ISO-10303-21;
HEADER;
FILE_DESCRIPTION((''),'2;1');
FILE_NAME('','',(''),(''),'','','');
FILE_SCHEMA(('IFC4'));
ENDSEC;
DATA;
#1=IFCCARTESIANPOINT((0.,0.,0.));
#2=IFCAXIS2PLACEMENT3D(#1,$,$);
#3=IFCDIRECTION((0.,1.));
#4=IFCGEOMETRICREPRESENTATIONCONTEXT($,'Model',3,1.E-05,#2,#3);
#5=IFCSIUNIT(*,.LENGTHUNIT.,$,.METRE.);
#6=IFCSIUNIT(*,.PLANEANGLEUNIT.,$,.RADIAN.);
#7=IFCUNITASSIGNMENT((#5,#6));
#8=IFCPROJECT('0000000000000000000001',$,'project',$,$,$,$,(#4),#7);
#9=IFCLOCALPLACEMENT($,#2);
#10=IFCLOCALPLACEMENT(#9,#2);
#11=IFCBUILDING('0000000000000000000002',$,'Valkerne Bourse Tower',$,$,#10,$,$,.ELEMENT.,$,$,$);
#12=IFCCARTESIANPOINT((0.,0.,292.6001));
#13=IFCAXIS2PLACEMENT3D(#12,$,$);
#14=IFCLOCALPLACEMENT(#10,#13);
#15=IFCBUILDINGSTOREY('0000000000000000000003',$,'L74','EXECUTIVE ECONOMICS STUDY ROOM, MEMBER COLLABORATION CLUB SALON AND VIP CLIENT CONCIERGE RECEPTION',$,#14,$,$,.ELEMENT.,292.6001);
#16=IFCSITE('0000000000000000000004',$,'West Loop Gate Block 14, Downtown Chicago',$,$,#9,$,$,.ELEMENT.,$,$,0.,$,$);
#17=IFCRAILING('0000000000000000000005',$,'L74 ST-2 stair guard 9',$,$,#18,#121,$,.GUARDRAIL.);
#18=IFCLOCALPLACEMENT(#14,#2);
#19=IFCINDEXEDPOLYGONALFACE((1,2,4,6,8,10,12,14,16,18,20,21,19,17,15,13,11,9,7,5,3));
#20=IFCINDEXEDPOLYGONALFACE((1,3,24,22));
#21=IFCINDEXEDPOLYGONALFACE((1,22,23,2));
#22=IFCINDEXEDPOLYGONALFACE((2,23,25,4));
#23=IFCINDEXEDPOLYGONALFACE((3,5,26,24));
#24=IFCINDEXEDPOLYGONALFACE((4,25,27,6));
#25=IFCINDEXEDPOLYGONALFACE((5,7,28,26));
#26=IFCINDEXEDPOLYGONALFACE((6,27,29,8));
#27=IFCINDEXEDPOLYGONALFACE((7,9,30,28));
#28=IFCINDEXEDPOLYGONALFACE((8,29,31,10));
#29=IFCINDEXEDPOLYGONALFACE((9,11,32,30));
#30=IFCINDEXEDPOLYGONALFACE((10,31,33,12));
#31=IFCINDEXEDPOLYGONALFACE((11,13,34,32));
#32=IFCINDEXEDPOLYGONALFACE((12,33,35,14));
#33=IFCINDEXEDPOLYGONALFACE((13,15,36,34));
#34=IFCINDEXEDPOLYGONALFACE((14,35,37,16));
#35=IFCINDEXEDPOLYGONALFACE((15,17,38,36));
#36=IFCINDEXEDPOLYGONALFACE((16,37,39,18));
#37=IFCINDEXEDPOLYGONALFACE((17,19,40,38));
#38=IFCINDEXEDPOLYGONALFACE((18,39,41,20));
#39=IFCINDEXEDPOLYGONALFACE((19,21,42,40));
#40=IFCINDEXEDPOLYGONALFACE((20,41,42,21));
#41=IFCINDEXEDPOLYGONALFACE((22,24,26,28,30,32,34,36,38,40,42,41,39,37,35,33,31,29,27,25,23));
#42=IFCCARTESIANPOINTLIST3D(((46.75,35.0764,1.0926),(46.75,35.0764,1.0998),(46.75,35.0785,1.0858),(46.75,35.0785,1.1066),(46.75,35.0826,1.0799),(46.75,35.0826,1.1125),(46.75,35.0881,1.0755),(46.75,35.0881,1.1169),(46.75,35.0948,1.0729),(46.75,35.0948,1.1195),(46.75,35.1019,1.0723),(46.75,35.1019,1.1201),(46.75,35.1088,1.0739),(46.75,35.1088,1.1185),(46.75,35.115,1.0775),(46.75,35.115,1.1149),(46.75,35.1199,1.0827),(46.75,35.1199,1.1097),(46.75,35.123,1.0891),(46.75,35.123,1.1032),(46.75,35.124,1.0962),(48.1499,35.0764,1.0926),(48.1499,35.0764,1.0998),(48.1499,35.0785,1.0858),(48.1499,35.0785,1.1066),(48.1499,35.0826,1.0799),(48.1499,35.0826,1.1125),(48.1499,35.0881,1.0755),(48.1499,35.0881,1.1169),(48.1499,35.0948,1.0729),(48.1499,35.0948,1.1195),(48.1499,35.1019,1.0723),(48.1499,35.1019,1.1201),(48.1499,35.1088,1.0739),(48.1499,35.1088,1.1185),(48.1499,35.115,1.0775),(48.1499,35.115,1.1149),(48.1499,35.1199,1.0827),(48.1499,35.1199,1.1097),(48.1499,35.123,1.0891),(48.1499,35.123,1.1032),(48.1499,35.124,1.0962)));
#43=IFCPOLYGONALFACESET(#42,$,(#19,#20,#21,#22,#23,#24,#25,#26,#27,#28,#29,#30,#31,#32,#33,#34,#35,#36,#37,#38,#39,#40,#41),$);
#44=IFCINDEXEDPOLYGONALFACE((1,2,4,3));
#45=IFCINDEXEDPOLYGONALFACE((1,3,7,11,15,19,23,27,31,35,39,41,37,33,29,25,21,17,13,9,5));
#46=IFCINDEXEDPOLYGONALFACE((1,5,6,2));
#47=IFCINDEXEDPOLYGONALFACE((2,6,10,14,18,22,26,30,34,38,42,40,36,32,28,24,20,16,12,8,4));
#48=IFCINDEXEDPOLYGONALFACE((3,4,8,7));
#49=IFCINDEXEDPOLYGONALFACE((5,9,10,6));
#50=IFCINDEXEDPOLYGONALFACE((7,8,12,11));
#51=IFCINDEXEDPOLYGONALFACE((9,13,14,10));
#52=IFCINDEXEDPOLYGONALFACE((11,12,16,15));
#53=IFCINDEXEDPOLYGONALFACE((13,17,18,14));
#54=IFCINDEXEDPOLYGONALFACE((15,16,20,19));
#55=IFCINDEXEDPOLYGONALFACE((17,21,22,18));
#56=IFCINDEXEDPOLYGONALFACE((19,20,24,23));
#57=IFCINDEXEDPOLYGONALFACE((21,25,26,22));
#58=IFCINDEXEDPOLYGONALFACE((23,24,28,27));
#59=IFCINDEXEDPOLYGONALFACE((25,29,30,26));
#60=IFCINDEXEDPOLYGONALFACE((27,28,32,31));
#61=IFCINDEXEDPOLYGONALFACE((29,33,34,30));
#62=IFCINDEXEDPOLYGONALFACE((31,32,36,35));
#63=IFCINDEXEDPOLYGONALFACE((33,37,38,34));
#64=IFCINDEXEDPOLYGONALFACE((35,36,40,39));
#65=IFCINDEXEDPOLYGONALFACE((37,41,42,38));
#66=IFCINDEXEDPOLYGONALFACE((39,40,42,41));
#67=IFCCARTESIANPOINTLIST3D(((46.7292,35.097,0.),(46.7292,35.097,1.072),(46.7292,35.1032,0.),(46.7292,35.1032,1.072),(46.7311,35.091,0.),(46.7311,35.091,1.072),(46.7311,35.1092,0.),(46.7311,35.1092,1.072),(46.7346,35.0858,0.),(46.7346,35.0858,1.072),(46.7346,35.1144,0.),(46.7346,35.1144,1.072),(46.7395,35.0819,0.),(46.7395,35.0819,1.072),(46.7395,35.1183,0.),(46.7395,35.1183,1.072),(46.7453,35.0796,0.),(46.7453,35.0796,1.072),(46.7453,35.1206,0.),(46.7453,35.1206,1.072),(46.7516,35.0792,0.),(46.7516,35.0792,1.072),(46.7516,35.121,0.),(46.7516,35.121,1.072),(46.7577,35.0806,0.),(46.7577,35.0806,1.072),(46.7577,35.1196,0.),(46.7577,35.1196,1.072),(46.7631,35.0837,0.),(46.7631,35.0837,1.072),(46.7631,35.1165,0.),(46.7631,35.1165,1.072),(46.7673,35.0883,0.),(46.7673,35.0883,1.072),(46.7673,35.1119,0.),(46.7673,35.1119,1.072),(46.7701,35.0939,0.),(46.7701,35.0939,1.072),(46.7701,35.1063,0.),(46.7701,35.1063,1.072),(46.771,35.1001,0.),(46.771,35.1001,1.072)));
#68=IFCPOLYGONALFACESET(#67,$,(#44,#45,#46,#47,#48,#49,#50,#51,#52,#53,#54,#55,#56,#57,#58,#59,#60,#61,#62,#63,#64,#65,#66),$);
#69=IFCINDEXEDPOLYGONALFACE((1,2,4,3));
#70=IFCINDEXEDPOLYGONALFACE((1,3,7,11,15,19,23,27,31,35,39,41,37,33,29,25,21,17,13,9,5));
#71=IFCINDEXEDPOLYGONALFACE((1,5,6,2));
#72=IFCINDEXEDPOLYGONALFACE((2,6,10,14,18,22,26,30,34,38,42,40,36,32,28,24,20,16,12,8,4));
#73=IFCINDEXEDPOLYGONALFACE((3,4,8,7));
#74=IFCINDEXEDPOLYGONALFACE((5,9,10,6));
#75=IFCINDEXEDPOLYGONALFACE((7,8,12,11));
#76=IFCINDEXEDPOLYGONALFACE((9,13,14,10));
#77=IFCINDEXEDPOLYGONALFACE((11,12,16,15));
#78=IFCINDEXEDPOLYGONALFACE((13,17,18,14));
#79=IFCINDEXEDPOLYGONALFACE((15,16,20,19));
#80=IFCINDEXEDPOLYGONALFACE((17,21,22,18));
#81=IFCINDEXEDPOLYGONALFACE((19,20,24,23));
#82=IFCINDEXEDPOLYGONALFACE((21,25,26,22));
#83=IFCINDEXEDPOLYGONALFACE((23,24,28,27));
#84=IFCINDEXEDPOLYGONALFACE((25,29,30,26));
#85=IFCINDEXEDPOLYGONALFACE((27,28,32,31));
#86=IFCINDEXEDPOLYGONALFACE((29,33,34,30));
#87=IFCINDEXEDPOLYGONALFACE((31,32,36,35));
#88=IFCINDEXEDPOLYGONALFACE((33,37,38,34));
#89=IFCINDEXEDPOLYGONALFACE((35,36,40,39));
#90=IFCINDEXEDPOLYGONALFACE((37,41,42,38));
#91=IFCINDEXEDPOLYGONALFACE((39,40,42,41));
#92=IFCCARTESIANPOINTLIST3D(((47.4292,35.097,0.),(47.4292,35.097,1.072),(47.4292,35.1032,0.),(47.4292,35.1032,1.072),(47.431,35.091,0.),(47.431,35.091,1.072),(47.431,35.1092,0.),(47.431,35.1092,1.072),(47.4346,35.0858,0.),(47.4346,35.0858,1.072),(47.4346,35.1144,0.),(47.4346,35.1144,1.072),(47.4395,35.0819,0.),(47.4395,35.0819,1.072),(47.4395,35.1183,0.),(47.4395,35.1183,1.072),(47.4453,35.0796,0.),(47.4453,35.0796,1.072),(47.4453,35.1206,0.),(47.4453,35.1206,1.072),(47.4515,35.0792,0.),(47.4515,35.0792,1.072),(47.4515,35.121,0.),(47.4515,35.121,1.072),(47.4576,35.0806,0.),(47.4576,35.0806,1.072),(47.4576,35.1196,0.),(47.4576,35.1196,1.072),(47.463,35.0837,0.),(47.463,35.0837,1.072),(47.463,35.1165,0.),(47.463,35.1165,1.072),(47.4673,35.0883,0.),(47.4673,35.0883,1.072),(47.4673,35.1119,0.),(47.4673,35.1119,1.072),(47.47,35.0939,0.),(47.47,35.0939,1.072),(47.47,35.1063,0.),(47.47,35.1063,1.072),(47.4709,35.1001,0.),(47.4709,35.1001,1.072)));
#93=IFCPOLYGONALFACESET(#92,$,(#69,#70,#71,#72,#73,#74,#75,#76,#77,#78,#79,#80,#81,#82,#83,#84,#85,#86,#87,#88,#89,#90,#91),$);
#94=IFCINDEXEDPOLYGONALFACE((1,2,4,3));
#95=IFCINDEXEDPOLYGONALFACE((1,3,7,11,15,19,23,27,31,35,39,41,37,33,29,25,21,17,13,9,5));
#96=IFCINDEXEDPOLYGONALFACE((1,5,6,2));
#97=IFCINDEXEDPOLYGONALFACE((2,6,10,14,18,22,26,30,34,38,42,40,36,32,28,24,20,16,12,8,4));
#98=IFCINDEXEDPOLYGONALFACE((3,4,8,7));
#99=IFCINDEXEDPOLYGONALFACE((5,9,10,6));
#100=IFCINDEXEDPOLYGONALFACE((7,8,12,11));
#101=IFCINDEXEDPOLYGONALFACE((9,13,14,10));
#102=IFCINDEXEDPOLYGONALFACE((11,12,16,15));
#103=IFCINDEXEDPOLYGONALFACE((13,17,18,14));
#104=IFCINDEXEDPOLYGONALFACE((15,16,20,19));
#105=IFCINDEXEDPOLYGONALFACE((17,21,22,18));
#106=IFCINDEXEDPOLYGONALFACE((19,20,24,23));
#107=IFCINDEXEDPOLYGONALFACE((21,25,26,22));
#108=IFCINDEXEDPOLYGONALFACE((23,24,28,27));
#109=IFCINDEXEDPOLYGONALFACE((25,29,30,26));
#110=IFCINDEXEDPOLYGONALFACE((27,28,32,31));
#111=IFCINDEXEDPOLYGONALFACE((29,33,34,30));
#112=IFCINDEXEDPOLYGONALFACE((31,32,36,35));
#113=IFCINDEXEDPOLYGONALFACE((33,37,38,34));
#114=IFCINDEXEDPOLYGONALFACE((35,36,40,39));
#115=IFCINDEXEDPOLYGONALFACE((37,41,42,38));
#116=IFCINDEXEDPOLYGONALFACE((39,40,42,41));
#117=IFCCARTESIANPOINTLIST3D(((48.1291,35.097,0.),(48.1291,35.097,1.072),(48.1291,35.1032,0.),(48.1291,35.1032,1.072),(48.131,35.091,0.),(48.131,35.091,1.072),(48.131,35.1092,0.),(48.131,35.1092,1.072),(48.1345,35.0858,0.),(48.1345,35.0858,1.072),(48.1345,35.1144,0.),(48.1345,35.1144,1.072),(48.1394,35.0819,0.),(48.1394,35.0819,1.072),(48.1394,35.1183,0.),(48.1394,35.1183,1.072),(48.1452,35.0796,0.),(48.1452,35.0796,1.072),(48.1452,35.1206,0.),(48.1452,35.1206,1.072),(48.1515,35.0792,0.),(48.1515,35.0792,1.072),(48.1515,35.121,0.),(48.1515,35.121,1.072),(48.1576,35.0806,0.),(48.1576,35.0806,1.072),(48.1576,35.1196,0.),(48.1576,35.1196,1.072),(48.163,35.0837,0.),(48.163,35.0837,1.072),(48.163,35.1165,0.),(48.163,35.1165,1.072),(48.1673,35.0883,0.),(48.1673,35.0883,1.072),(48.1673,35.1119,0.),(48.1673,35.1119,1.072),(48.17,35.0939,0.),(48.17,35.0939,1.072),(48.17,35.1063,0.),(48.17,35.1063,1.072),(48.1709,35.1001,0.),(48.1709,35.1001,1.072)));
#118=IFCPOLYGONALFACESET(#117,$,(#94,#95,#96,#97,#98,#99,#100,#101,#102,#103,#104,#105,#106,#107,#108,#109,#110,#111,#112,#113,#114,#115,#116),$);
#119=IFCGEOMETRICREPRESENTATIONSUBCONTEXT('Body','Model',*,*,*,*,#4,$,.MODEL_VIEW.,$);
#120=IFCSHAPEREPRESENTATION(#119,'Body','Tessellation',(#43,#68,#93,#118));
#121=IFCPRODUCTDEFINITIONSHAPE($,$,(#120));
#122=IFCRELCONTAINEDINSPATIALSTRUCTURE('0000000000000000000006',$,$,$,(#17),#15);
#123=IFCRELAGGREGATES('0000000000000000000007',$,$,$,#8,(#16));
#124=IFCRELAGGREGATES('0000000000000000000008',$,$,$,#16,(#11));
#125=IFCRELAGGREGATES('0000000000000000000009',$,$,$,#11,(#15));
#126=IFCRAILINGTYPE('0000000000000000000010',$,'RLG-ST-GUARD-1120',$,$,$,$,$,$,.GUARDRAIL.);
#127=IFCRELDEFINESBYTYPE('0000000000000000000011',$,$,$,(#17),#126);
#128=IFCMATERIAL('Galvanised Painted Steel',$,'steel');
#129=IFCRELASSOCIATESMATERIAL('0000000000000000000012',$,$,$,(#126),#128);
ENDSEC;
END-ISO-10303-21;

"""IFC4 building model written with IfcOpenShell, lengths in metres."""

from ifc_helpers import new_model, si_unit, direction, frame, origin, origin_2d, place, context, subcontext, project, spatial, circle, extrude, material, type_object, element, save


model = new_model("IFC4")

# Units and contexts
model_context = context("Model", 3, precision=1e-05, world=origin(), true_north=direction((0.0, 1.0)))
body_context = subcontext(model_context, "Body", "Model", "MODEL_VIEW")
ifc_project = project(units=[si_unit("LENGTHUNIT", "METRE"), si_unit("PLANEANGLEUNIT", "RADIAN")], contexts=[model_context])

# Site, building, storey
site_placement = place(None, origin())
site = spatial("IfcSite", under=ifc_project, at=site_placement, Name="West Loop Gate Block 14, Downtown Chicago", CompositionType="ELEMENT", RefElevation=0.0)
building_placement = place(site_placement, origin())
building = spatial("IfcBuilding", under=site, at=building_placement, Name="Valkerne Bourse Tower", CompositionType="ELEMENT")
storey_placement = place(building_placement, frame((0.0, 0.0, 292.6001)))
storey = spatial("IfcBuildingStorey", under=building, at=storey_placement, Name="L74", Description="EXECUTIVE ECONOMICS STUDY ROOM, MEMBER COLLABORATION CLUB SALON AND VIP CLIENT CONCIERGE RECEPTION", CompositionType="ELEMENT", Elevation=292.6001)

# Shared definitions
ifc_material_1 = material(Name="Galvanised Painted Steel", Category="steel")

# Railing
railing_type_1 = type_object("IfcRailingType", Name="RLG-ST-GUARD-1120", PredefinedType="GUARDRAIL", material=ifc_material_1)
for number, where, name in (
    (1, (46.75, 35.1001, 0.0), "L74 ST-2 stair guard 9"),
):
    element("IfcRailing", number, at=place(storey_placement, frame(where)), inside=storey, type_object=railing_type_1, Name=name, PredefinedType="GUARDRAIL", context=body_context, shape_type="SweptSolid", body=[
        extrude(circle(Radius=0.0239, at=origin_2d()), frame((0.0, 0.0, 1.0962), z_axis=(1.0, 0.0, 0.0), x_axis=(0.0, 1.0, 0.0)), (0.0, 0.0, 1.0), 1.3999),
        extrude(circle(Radius=0.021, at=origin_2d()), origin(), (0.0, 0.0, 1.0), 1.072),
        extrude(circle(Radius=0.021, at=origin_2d()), frame((0.7, 0.0, 0.0)), (0.0, 0.0, 1.0), 1.072),
        extrude(circle(Radius=0.021, at=origin_2d()), frame((1.3999, 0.0, 0.0)), (0.0, 0.0, 1.0), 1.072),
    ])

save(model, "model.ifc")
